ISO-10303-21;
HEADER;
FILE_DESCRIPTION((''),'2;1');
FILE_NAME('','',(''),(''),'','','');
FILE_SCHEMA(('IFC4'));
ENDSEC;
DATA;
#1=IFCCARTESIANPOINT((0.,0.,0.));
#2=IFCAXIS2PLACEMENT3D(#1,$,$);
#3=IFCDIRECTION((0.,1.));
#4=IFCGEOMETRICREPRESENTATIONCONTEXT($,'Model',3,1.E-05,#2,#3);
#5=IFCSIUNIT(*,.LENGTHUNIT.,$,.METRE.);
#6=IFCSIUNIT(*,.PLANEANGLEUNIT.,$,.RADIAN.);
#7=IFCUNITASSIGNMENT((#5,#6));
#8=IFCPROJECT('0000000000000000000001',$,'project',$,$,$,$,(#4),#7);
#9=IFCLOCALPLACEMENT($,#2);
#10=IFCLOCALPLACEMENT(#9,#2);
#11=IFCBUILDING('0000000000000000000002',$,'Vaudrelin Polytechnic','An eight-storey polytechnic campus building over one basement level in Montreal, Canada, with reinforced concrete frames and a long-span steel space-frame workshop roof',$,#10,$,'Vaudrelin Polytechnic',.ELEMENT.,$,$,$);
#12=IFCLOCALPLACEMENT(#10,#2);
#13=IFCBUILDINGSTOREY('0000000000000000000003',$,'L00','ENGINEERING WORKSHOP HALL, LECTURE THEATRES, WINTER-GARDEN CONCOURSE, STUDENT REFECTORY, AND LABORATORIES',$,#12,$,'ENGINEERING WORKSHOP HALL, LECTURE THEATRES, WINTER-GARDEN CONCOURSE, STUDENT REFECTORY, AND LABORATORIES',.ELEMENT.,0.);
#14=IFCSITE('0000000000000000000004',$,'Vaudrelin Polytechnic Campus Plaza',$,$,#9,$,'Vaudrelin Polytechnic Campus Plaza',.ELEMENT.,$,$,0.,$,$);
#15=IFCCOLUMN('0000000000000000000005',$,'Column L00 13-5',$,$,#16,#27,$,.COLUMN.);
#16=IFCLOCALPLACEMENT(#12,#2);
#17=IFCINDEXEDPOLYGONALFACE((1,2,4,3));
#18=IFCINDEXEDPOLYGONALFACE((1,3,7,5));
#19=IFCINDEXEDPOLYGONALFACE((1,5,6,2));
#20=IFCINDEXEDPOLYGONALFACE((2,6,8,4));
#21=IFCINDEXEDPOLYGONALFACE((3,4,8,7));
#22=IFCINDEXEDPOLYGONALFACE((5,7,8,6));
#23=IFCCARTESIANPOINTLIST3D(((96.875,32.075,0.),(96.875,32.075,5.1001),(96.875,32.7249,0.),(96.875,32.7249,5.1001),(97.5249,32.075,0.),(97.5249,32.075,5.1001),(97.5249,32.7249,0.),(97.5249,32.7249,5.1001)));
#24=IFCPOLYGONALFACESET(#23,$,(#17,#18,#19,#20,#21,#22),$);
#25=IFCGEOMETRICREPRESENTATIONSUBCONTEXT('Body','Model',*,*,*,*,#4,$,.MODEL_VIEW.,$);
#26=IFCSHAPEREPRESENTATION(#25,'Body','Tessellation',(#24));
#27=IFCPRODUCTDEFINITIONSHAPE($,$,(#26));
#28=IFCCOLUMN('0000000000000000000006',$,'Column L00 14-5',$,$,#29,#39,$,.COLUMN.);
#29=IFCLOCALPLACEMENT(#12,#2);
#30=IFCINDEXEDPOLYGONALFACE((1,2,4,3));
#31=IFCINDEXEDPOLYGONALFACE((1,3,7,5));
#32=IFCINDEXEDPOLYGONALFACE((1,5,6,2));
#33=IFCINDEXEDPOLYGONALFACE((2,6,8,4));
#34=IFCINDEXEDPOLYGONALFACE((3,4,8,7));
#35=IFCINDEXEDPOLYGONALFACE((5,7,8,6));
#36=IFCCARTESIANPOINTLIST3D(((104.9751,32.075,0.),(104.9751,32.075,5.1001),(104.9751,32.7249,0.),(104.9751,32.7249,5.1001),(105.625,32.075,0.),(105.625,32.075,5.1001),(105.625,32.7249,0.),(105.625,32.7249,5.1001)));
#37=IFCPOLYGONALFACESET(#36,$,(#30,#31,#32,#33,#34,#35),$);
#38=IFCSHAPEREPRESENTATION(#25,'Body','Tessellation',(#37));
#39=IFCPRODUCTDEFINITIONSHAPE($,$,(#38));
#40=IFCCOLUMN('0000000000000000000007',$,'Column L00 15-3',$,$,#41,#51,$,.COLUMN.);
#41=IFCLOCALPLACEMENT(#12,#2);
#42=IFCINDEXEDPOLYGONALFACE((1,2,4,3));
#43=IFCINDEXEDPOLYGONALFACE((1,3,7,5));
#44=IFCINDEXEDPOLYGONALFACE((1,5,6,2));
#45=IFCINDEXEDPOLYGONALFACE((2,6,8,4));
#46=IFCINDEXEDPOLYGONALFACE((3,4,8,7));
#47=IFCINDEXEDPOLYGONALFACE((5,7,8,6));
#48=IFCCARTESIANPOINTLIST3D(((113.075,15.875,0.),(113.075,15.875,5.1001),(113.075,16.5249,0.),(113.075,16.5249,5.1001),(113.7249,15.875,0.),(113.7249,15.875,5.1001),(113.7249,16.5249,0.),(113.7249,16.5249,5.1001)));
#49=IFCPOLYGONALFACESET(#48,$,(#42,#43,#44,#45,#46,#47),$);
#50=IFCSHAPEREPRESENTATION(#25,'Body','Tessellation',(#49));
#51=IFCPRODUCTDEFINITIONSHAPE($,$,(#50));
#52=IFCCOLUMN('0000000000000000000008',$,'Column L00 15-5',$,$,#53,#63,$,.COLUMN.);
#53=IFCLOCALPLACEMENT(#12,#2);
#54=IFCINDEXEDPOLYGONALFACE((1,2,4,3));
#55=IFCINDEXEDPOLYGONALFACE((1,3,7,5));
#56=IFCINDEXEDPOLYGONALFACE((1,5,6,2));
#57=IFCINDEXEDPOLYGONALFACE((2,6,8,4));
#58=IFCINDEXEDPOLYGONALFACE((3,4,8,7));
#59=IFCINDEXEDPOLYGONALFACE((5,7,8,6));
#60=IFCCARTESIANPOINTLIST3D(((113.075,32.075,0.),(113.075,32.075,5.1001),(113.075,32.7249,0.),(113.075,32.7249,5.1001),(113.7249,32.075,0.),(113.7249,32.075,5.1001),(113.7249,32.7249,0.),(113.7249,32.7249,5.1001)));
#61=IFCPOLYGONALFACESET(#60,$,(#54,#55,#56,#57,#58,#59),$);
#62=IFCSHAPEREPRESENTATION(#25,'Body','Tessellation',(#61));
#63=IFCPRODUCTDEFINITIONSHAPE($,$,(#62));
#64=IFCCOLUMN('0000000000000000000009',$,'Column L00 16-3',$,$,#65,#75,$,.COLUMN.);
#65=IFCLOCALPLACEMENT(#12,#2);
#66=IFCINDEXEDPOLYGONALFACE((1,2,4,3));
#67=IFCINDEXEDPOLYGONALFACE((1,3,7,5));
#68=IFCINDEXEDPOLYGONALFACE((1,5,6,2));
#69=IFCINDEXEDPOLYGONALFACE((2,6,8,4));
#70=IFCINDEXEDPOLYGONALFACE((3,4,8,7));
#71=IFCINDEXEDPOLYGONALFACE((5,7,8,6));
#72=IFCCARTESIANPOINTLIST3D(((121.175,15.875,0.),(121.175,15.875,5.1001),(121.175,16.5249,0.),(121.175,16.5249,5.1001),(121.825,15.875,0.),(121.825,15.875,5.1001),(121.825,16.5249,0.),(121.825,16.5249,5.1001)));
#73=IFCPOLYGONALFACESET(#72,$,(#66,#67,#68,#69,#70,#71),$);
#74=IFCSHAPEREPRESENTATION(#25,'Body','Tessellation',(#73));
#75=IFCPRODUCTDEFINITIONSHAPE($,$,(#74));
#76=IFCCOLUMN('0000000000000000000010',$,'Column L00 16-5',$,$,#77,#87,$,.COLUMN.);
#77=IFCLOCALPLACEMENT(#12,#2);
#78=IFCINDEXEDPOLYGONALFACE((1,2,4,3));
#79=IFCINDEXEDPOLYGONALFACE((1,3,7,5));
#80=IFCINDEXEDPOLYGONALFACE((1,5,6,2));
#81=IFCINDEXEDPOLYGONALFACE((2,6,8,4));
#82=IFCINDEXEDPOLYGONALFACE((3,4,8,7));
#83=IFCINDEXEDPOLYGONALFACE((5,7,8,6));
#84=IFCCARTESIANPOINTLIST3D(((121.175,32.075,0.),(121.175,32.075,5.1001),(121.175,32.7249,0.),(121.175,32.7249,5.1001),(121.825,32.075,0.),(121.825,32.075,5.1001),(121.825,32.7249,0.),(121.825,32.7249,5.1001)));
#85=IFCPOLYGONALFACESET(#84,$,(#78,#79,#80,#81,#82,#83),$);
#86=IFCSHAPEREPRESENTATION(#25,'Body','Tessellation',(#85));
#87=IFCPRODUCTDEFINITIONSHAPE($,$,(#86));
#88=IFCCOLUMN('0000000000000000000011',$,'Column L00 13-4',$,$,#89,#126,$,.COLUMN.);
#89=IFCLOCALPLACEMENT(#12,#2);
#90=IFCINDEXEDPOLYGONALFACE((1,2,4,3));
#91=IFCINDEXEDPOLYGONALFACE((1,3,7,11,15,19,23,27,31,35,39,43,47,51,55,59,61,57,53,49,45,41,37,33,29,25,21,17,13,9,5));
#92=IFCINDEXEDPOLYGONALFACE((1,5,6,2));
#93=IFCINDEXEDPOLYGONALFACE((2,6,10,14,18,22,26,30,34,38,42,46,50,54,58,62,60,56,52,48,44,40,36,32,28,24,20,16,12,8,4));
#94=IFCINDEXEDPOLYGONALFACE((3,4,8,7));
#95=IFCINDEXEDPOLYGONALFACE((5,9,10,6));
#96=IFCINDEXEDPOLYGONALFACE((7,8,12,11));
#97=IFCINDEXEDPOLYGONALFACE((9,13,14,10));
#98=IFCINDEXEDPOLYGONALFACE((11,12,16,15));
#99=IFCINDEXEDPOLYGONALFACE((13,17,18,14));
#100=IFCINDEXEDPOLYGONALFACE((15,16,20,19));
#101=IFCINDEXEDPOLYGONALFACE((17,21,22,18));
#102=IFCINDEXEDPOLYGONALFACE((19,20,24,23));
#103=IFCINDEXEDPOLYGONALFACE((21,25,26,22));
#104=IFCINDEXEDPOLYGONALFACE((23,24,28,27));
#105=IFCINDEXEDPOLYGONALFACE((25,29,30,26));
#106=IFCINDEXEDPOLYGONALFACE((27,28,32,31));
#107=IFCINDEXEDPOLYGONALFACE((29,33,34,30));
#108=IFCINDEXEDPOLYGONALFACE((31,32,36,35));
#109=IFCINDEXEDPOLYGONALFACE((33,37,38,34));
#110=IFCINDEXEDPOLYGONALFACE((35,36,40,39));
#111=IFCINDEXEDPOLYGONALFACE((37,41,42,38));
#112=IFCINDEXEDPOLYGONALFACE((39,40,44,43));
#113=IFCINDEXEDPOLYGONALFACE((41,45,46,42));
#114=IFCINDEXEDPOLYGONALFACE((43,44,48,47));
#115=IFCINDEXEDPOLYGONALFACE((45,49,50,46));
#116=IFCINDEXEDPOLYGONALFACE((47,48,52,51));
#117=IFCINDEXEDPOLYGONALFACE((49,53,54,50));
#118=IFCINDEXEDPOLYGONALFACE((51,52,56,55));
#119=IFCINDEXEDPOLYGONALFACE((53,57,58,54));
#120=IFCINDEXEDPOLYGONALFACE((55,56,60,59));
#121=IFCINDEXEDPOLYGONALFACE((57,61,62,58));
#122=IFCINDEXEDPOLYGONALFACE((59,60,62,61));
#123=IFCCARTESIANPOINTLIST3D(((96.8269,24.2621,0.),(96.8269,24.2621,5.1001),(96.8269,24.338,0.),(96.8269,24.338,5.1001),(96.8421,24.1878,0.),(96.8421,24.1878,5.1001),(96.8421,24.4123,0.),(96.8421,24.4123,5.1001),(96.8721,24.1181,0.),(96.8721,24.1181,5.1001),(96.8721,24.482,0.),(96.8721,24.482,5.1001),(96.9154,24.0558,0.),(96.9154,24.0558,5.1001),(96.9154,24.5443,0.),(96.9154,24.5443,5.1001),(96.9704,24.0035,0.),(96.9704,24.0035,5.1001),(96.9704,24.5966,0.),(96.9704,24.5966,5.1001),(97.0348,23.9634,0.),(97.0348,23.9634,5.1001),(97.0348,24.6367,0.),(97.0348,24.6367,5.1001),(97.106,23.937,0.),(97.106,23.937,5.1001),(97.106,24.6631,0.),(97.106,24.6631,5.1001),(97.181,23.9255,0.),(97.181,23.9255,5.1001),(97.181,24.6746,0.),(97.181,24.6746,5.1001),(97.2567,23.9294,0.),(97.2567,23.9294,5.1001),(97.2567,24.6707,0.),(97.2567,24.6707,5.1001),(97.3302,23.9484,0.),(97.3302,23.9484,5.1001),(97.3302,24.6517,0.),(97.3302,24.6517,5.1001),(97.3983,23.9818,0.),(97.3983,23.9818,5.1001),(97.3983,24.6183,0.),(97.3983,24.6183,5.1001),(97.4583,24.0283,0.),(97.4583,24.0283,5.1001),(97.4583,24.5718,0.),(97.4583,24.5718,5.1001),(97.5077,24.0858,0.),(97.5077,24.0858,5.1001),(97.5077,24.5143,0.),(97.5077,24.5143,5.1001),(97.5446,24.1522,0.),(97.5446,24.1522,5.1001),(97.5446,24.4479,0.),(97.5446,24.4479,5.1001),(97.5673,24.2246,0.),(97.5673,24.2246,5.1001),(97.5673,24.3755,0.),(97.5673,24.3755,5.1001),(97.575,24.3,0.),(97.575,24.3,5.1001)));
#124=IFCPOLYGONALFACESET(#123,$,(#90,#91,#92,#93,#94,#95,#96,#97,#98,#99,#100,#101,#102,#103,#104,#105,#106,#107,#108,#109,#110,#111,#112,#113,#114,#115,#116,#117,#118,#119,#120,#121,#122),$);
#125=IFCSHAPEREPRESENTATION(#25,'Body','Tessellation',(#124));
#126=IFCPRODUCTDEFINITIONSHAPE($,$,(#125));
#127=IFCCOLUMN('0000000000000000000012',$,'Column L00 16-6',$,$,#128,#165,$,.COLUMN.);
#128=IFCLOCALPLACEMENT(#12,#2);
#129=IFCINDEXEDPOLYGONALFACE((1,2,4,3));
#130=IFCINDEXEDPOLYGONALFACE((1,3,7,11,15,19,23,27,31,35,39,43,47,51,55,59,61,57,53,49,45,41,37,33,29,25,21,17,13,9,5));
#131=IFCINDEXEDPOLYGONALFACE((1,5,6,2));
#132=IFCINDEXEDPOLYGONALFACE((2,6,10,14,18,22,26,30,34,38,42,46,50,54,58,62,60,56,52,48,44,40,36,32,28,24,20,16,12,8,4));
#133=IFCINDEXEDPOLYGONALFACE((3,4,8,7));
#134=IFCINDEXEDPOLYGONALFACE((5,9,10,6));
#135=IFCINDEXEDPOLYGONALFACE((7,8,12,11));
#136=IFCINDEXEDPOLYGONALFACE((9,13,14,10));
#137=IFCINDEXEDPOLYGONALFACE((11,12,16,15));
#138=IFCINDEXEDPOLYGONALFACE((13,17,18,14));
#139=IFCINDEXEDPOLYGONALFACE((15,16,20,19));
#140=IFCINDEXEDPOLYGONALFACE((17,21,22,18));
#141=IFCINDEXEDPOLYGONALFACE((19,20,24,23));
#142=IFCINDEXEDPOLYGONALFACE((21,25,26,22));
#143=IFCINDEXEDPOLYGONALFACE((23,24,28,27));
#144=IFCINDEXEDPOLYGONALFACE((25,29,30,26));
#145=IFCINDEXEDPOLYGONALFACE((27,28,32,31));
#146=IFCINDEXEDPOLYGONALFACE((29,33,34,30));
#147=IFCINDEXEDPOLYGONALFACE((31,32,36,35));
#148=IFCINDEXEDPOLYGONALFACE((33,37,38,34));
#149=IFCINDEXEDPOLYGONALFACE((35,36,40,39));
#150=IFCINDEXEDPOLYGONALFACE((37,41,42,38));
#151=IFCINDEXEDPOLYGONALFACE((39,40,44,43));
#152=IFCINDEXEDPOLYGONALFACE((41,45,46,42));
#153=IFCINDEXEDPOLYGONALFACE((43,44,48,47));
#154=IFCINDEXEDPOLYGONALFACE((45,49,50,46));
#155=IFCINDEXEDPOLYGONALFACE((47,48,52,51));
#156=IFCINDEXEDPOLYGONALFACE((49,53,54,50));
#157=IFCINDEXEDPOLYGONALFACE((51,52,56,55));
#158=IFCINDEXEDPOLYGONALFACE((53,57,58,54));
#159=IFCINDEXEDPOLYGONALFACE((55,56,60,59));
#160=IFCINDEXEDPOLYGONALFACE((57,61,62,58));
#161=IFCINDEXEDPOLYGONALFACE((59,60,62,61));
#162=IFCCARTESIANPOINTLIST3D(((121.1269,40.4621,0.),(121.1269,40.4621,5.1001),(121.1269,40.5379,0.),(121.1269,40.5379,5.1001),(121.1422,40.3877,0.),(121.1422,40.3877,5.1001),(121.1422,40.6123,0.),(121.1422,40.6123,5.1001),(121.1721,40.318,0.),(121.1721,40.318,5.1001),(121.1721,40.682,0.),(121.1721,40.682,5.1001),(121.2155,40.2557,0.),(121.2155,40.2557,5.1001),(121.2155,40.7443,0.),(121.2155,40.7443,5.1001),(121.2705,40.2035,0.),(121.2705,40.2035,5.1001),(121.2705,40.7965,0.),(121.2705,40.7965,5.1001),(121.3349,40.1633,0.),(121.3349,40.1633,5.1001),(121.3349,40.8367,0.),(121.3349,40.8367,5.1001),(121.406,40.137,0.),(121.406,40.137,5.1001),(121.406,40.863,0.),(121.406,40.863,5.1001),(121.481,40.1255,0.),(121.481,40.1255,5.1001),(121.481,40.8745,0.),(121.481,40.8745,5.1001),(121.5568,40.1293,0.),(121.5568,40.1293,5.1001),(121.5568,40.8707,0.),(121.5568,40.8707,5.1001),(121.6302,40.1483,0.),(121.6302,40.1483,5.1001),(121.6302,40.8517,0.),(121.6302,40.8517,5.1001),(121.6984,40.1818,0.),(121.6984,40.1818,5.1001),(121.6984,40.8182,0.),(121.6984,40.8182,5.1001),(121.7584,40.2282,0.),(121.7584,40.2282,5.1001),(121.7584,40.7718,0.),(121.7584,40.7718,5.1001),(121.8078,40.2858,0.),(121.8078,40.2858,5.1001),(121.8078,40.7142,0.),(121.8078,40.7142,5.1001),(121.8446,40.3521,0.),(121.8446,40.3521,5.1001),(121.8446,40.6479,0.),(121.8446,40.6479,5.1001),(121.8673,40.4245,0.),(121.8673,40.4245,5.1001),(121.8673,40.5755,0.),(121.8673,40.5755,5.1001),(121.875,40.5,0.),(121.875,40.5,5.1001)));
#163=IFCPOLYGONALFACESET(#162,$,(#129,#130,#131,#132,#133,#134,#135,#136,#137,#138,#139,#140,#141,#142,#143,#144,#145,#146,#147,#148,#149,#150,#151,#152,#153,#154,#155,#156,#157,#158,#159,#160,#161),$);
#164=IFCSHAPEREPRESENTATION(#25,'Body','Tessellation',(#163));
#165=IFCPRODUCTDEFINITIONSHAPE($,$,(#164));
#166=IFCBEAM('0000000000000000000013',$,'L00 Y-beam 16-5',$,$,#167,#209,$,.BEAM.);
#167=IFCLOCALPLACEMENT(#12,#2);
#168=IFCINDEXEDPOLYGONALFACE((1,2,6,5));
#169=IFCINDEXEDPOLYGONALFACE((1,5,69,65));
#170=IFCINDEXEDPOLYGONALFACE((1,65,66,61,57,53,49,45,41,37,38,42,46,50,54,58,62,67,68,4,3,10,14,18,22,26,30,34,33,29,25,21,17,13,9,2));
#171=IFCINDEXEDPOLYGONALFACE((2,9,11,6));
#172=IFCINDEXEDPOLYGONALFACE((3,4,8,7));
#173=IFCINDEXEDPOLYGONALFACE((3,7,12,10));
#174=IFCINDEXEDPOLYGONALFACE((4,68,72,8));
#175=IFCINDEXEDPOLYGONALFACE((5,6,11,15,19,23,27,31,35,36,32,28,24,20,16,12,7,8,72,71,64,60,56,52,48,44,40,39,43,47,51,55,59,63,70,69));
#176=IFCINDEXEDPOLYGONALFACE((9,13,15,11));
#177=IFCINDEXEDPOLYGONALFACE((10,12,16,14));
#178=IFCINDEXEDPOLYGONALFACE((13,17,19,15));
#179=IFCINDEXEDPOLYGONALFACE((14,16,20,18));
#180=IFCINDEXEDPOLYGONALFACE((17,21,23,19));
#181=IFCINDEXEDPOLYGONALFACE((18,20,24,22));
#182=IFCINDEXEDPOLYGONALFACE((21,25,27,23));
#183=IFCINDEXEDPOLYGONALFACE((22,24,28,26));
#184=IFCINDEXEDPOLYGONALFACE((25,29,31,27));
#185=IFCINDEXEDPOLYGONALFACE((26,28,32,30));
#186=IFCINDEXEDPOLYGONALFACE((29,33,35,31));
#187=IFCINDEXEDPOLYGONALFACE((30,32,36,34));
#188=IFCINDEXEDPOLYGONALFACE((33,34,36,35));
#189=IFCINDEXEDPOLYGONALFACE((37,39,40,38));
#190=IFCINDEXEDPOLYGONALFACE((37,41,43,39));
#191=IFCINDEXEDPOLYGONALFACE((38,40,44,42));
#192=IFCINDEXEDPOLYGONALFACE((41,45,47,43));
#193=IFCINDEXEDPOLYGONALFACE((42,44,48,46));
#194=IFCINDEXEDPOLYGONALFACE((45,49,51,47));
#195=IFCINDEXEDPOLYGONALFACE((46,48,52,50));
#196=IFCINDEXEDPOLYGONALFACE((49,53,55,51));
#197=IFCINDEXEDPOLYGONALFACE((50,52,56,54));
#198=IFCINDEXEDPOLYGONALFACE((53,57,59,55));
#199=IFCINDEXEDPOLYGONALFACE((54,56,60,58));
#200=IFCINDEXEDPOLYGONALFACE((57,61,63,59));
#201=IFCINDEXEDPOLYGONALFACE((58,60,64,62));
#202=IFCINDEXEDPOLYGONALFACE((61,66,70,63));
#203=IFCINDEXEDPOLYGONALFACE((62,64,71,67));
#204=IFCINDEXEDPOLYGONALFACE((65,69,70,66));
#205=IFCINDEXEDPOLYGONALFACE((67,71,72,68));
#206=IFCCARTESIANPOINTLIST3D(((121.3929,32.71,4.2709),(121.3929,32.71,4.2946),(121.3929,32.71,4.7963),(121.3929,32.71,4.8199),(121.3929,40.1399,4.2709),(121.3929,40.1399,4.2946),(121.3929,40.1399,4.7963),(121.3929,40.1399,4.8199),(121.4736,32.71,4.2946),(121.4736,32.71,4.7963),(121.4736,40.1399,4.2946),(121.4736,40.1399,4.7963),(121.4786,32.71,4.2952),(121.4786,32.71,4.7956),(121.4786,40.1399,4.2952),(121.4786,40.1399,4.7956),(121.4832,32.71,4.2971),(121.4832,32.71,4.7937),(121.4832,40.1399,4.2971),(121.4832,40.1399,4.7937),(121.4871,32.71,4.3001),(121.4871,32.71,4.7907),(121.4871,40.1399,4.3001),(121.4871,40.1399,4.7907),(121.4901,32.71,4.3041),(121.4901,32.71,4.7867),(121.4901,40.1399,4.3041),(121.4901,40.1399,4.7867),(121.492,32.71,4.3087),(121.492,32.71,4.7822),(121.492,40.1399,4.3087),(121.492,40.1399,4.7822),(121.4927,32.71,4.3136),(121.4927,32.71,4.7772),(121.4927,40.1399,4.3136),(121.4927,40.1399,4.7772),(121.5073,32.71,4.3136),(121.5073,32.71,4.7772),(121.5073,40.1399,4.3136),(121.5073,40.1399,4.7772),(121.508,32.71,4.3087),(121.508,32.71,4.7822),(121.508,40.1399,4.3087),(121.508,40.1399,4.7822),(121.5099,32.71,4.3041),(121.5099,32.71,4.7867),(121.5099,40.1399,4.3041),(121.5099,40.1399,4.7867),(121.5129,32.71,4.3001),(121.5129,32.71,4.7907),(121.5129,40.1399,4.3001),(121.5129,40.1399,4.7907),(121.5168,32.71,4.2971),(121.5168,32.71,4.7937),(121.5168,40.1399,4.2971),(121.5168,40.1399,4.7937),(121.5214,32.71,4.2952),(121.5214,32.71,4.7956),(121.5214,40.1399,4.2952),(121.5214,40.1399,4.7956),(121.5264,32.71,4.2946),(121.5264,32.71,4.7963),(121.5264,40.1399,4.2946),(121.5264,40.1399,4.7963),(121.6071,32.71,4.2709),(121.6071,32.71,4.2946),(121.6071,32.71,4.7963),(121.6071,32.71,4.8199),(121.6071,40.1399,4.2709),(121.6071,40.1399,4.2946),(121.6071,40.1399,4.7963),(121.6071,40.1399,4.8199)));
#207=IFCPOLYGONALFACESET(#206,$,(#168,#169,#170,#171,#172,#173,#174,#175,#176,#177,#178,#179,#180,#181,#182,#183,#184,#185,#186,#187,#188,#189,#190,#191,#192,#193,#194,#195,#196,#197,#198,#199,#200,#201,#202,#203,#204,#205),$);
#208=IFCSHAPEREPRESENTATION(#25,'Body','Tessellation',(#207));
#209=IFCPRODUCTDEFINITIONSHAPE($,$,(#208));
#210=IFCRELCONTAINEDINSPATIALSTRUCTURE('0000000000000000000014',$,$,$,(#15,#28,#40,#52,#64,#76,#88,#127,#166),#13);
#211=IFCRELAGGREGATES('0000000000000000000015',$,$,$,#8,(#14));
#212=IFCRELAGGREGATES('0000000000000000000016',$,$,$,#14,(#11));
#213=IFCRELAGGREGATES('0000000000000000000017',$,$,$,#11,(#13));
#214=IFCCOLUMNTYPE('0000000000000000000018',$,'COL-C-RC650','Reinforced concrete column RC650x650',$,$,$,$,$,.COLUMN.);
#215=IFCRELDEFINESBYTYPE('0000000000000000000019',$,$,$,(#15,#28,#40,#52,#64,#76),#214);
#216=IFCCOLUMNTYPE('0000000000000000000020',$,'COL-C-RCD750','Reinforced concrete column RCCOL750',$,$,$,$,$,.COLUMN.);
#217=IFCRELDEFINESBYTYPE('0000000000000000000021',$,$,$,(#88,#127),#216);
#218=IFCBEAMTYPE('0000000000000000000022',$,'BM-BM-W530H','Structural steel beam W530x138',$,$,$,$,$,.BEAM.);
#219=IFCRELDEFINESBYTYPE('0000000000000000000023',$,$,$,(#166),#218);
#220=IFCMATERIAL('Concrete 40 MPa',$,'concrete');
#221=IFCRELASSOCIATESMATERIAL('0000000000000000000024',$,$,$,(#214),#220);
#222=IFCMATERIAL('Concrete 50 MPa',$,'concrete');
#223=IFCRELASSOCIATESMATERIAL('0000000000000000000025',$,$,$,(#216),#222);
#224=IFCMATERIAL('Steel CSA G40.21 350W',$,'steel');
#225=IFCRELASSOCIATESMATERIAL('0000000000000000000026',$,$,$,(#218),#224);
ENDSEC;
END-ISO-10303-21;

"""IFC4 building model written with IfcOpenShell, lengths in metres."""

from ifc_helpers import new_model, si_unit, direction, frame, origin, origin_2d, place, context, subcontext, project, spatial, rectangle, circle, i_section, extrude, material, material_profile, profile_set, type_object, element, save


model = new_model("IFC4")

# Units and contexts
model_context = context("Model", 3, precision=1e-05, world=origin(), true_north=direction((0.0, 1.0)))
body_context = subcontext(model_context, "Body", "Model", "MODEL_VIEW")
ifc_project = project(units=[si_unit("LENGTHUNIT", "METRE"), si_unit("PLANEANGLEUNIT", "RADIAN")], contexts=[model_context])

# Site, building, storey
site_placement = place(None, origin())
site = spatial("IfcSite", under=ifc_project, at=site_placement, Name="Vaudrelin Polytechnic Campus Plaza", LongName="Vaudrelin Polytechnic Campus Plaza", CompositionType="ELEMENT", RefElevation=0.0)
building_placement = place(site_placement, origin())
building = spatial("IfcBuilding", under=site, at=building_placement, Name="Vaudrelin Polytechnic", Description="An eight-storey polytechnic campus building over one basement level in Montreal, Canada, with reinforced concrete frames and a long-span steel space-frame workshop roof", LongName="Vaudrelin Polytechnic", CompositionType="ELEMENT")
storey_placement = place(building_placement, origin())
storey = spatial("IfcBuildingStorey", under=building, at=storey_placement, Name="L00", Description="ENGINEERING WORKSHOP HALL, LECTURE THEATRES, WINTER-GARDEN CONCOURSE, STUDENT REFECTORY, AND LABORATORIES", LongName="ENGINEERING WORKSHOP HALL, LECTURE THEATRES, WINTER-GARDEN CONCOURSE, STUDENT REFECTORY, AND LABORATORIES", CompositionType="ELEMENT", Elevation=0.0)

# Columns
ifc_material_1 = material(Name="Concrete 40 MPa", Category="concrete")
ifc_material_profile_1 = material_profile(ifc_material_1, rectangle(XDim=0.6499, YDim=0.6499, at=origin_2d()), Name="RC650x650")
ifc_profile_set_1 = profile_set([ifc_material_profile_1], Name="Concrete 40 MPa")
column_type_1 = type_object("IfcColumnType", Name="COL-C-RC650", Description="Reinforced concrete column RC650x650", PredefinedType="COLUMN", material=ifc_profile_set_1)
for number, where, z_axis, x_axis, name in (
    (1, (97.2, 32.3999, 0.0), (0.0, 0.0, 1.0), (1.0, 0.0, 0.0), "Column L00 13-5"),
    (2, (105.3, 32.3999, 0.0), (0.0, 0.0, 1.0), (1.0, 0.0, 0.0), "Column L00 14-5"),
    (3, (113.3999, 16.2, 0.0), (0.0, 0.0, 1.0), (1.0, 0.0, 0.0), "Column L00 15-3"),
    (4, (113.3999, 32.3999, 0.0), (0.0, 0.0, 1.0), (1.0, 0.0, 0.0), "Column L00 15-5"),
    (5, (121.5, 16.2, 0.0), (0.0, 0.0, 1.0), (1.0, 0.0, 0.0), "Column L00 16-3"),
    (6, (121.5, 32.3999, 0.0), (0.0, 0.0, 1.0), (1.0, 0.0, 0.0), "Column L00 16-5"),
):
    element("IfcColumn", number, at=place(storey_placement, frame(where, z_axis=z_axis, x_axis=x_axis)), inside=storey, type_object=column_type_1, Name=name, PredefinedType="COLUMN", context=body_context, shape_type="SweptSolid", body=[
        extrude(rectangle(XDim=0.6499, YDim=0.6499, at=origin_2d()), origin(), (0.0, 0.0, 1.0), 5.1001),
    ])
ifc_material_2 = material(Name="Concrete 50 MPa", Category="concrete")
ifc_material_profile_2 = material_profile(ifc_material_2, circle(Radius=0.375, at=origin_2d()), Name="RCCOL750")
ifc_profile_set_2 = profile_set([ifc_material_profile_2], Name="Concrete 50 MPa")
column_type_2 = type_object("IfcColumnType", Name="COL-C-RCD750", Description="Reinforced concrete column RCCOL750", PredefinedType="COLUMN", material=ifc_profile_set_2)
for number, where, z_axis, x_axis, name in (
    (7, (97.2, 24.3, 0.0), (0.0, 0.0, 1.0), (1.0, 0.0, 0.0), "Column L00 13-4"),
    (8, (121.5, 40.5, 0.0), (0.0, 0.0, 1.0), (1.0, 0.0, 0.0), "Column L00 16-6"),
):
    element("IfcColumn", number, at=place(storey_placement, frame(where, z_axis=z_axis, x_axis=x_axis)), inside=storey, type_object=column_type_2, Name=name, PredefinedType="COLUMN", context=body_context, shape_type="SweptSolid", body=[
        extrude(circle(Radius=0.375, at=origin_2d()), origin(), (0.0, 0.0, 1.0), 5.1001),
    ])

# Beam
ifc_material_3 = material(Name="Steel CSA G40.21 350W", Category="steel")
ifc_material_profile_3 = material_profile(ifc_material_3, i_section(OverallWidth=0.2141, OverallDepth=0.5491, WebThickness=0.0146, FlangeThickness=0.0237, FilletRadius=0.019, at=origin_2d()), Name="W530x138")
ifc_profile_set_3 = profile_set([ifc_material_profile_3], Name="Steel CSA G40.21 350W")
beam_type_1 = type_object("IfcBeamType", Name="BM-BM-W530H", Description="Structural steel beam W530x138", PredefinedType="BEAM", material=ifc_profile_set_3)
beam_1_placement = place(storey_placement, frame((121.5, 32.71, 4.5454), z_axis=(0.0, 1.0, 0.0), x_axis=(-1.0, 0.0, 0.0)))
element("IfcBeam", 9, at=beam_1_placement, inside=storey, type_object=beam_type_1, Name="L00 Y-beam 16-5", PredefinedType="BEAM", context=body_context, shape_type="SweptSolid", body=[
    extrude(i_section(OverallWidth=0.2141, OverallDepth=0.5491, WebThickness=0.0146, FlangeThickness=0.0237, FilletRadius=0.019, at=origin_2d()), origin(), (0.0, 0.0, 1.0), 7.4299),
])

save(model, "model.ifc")
